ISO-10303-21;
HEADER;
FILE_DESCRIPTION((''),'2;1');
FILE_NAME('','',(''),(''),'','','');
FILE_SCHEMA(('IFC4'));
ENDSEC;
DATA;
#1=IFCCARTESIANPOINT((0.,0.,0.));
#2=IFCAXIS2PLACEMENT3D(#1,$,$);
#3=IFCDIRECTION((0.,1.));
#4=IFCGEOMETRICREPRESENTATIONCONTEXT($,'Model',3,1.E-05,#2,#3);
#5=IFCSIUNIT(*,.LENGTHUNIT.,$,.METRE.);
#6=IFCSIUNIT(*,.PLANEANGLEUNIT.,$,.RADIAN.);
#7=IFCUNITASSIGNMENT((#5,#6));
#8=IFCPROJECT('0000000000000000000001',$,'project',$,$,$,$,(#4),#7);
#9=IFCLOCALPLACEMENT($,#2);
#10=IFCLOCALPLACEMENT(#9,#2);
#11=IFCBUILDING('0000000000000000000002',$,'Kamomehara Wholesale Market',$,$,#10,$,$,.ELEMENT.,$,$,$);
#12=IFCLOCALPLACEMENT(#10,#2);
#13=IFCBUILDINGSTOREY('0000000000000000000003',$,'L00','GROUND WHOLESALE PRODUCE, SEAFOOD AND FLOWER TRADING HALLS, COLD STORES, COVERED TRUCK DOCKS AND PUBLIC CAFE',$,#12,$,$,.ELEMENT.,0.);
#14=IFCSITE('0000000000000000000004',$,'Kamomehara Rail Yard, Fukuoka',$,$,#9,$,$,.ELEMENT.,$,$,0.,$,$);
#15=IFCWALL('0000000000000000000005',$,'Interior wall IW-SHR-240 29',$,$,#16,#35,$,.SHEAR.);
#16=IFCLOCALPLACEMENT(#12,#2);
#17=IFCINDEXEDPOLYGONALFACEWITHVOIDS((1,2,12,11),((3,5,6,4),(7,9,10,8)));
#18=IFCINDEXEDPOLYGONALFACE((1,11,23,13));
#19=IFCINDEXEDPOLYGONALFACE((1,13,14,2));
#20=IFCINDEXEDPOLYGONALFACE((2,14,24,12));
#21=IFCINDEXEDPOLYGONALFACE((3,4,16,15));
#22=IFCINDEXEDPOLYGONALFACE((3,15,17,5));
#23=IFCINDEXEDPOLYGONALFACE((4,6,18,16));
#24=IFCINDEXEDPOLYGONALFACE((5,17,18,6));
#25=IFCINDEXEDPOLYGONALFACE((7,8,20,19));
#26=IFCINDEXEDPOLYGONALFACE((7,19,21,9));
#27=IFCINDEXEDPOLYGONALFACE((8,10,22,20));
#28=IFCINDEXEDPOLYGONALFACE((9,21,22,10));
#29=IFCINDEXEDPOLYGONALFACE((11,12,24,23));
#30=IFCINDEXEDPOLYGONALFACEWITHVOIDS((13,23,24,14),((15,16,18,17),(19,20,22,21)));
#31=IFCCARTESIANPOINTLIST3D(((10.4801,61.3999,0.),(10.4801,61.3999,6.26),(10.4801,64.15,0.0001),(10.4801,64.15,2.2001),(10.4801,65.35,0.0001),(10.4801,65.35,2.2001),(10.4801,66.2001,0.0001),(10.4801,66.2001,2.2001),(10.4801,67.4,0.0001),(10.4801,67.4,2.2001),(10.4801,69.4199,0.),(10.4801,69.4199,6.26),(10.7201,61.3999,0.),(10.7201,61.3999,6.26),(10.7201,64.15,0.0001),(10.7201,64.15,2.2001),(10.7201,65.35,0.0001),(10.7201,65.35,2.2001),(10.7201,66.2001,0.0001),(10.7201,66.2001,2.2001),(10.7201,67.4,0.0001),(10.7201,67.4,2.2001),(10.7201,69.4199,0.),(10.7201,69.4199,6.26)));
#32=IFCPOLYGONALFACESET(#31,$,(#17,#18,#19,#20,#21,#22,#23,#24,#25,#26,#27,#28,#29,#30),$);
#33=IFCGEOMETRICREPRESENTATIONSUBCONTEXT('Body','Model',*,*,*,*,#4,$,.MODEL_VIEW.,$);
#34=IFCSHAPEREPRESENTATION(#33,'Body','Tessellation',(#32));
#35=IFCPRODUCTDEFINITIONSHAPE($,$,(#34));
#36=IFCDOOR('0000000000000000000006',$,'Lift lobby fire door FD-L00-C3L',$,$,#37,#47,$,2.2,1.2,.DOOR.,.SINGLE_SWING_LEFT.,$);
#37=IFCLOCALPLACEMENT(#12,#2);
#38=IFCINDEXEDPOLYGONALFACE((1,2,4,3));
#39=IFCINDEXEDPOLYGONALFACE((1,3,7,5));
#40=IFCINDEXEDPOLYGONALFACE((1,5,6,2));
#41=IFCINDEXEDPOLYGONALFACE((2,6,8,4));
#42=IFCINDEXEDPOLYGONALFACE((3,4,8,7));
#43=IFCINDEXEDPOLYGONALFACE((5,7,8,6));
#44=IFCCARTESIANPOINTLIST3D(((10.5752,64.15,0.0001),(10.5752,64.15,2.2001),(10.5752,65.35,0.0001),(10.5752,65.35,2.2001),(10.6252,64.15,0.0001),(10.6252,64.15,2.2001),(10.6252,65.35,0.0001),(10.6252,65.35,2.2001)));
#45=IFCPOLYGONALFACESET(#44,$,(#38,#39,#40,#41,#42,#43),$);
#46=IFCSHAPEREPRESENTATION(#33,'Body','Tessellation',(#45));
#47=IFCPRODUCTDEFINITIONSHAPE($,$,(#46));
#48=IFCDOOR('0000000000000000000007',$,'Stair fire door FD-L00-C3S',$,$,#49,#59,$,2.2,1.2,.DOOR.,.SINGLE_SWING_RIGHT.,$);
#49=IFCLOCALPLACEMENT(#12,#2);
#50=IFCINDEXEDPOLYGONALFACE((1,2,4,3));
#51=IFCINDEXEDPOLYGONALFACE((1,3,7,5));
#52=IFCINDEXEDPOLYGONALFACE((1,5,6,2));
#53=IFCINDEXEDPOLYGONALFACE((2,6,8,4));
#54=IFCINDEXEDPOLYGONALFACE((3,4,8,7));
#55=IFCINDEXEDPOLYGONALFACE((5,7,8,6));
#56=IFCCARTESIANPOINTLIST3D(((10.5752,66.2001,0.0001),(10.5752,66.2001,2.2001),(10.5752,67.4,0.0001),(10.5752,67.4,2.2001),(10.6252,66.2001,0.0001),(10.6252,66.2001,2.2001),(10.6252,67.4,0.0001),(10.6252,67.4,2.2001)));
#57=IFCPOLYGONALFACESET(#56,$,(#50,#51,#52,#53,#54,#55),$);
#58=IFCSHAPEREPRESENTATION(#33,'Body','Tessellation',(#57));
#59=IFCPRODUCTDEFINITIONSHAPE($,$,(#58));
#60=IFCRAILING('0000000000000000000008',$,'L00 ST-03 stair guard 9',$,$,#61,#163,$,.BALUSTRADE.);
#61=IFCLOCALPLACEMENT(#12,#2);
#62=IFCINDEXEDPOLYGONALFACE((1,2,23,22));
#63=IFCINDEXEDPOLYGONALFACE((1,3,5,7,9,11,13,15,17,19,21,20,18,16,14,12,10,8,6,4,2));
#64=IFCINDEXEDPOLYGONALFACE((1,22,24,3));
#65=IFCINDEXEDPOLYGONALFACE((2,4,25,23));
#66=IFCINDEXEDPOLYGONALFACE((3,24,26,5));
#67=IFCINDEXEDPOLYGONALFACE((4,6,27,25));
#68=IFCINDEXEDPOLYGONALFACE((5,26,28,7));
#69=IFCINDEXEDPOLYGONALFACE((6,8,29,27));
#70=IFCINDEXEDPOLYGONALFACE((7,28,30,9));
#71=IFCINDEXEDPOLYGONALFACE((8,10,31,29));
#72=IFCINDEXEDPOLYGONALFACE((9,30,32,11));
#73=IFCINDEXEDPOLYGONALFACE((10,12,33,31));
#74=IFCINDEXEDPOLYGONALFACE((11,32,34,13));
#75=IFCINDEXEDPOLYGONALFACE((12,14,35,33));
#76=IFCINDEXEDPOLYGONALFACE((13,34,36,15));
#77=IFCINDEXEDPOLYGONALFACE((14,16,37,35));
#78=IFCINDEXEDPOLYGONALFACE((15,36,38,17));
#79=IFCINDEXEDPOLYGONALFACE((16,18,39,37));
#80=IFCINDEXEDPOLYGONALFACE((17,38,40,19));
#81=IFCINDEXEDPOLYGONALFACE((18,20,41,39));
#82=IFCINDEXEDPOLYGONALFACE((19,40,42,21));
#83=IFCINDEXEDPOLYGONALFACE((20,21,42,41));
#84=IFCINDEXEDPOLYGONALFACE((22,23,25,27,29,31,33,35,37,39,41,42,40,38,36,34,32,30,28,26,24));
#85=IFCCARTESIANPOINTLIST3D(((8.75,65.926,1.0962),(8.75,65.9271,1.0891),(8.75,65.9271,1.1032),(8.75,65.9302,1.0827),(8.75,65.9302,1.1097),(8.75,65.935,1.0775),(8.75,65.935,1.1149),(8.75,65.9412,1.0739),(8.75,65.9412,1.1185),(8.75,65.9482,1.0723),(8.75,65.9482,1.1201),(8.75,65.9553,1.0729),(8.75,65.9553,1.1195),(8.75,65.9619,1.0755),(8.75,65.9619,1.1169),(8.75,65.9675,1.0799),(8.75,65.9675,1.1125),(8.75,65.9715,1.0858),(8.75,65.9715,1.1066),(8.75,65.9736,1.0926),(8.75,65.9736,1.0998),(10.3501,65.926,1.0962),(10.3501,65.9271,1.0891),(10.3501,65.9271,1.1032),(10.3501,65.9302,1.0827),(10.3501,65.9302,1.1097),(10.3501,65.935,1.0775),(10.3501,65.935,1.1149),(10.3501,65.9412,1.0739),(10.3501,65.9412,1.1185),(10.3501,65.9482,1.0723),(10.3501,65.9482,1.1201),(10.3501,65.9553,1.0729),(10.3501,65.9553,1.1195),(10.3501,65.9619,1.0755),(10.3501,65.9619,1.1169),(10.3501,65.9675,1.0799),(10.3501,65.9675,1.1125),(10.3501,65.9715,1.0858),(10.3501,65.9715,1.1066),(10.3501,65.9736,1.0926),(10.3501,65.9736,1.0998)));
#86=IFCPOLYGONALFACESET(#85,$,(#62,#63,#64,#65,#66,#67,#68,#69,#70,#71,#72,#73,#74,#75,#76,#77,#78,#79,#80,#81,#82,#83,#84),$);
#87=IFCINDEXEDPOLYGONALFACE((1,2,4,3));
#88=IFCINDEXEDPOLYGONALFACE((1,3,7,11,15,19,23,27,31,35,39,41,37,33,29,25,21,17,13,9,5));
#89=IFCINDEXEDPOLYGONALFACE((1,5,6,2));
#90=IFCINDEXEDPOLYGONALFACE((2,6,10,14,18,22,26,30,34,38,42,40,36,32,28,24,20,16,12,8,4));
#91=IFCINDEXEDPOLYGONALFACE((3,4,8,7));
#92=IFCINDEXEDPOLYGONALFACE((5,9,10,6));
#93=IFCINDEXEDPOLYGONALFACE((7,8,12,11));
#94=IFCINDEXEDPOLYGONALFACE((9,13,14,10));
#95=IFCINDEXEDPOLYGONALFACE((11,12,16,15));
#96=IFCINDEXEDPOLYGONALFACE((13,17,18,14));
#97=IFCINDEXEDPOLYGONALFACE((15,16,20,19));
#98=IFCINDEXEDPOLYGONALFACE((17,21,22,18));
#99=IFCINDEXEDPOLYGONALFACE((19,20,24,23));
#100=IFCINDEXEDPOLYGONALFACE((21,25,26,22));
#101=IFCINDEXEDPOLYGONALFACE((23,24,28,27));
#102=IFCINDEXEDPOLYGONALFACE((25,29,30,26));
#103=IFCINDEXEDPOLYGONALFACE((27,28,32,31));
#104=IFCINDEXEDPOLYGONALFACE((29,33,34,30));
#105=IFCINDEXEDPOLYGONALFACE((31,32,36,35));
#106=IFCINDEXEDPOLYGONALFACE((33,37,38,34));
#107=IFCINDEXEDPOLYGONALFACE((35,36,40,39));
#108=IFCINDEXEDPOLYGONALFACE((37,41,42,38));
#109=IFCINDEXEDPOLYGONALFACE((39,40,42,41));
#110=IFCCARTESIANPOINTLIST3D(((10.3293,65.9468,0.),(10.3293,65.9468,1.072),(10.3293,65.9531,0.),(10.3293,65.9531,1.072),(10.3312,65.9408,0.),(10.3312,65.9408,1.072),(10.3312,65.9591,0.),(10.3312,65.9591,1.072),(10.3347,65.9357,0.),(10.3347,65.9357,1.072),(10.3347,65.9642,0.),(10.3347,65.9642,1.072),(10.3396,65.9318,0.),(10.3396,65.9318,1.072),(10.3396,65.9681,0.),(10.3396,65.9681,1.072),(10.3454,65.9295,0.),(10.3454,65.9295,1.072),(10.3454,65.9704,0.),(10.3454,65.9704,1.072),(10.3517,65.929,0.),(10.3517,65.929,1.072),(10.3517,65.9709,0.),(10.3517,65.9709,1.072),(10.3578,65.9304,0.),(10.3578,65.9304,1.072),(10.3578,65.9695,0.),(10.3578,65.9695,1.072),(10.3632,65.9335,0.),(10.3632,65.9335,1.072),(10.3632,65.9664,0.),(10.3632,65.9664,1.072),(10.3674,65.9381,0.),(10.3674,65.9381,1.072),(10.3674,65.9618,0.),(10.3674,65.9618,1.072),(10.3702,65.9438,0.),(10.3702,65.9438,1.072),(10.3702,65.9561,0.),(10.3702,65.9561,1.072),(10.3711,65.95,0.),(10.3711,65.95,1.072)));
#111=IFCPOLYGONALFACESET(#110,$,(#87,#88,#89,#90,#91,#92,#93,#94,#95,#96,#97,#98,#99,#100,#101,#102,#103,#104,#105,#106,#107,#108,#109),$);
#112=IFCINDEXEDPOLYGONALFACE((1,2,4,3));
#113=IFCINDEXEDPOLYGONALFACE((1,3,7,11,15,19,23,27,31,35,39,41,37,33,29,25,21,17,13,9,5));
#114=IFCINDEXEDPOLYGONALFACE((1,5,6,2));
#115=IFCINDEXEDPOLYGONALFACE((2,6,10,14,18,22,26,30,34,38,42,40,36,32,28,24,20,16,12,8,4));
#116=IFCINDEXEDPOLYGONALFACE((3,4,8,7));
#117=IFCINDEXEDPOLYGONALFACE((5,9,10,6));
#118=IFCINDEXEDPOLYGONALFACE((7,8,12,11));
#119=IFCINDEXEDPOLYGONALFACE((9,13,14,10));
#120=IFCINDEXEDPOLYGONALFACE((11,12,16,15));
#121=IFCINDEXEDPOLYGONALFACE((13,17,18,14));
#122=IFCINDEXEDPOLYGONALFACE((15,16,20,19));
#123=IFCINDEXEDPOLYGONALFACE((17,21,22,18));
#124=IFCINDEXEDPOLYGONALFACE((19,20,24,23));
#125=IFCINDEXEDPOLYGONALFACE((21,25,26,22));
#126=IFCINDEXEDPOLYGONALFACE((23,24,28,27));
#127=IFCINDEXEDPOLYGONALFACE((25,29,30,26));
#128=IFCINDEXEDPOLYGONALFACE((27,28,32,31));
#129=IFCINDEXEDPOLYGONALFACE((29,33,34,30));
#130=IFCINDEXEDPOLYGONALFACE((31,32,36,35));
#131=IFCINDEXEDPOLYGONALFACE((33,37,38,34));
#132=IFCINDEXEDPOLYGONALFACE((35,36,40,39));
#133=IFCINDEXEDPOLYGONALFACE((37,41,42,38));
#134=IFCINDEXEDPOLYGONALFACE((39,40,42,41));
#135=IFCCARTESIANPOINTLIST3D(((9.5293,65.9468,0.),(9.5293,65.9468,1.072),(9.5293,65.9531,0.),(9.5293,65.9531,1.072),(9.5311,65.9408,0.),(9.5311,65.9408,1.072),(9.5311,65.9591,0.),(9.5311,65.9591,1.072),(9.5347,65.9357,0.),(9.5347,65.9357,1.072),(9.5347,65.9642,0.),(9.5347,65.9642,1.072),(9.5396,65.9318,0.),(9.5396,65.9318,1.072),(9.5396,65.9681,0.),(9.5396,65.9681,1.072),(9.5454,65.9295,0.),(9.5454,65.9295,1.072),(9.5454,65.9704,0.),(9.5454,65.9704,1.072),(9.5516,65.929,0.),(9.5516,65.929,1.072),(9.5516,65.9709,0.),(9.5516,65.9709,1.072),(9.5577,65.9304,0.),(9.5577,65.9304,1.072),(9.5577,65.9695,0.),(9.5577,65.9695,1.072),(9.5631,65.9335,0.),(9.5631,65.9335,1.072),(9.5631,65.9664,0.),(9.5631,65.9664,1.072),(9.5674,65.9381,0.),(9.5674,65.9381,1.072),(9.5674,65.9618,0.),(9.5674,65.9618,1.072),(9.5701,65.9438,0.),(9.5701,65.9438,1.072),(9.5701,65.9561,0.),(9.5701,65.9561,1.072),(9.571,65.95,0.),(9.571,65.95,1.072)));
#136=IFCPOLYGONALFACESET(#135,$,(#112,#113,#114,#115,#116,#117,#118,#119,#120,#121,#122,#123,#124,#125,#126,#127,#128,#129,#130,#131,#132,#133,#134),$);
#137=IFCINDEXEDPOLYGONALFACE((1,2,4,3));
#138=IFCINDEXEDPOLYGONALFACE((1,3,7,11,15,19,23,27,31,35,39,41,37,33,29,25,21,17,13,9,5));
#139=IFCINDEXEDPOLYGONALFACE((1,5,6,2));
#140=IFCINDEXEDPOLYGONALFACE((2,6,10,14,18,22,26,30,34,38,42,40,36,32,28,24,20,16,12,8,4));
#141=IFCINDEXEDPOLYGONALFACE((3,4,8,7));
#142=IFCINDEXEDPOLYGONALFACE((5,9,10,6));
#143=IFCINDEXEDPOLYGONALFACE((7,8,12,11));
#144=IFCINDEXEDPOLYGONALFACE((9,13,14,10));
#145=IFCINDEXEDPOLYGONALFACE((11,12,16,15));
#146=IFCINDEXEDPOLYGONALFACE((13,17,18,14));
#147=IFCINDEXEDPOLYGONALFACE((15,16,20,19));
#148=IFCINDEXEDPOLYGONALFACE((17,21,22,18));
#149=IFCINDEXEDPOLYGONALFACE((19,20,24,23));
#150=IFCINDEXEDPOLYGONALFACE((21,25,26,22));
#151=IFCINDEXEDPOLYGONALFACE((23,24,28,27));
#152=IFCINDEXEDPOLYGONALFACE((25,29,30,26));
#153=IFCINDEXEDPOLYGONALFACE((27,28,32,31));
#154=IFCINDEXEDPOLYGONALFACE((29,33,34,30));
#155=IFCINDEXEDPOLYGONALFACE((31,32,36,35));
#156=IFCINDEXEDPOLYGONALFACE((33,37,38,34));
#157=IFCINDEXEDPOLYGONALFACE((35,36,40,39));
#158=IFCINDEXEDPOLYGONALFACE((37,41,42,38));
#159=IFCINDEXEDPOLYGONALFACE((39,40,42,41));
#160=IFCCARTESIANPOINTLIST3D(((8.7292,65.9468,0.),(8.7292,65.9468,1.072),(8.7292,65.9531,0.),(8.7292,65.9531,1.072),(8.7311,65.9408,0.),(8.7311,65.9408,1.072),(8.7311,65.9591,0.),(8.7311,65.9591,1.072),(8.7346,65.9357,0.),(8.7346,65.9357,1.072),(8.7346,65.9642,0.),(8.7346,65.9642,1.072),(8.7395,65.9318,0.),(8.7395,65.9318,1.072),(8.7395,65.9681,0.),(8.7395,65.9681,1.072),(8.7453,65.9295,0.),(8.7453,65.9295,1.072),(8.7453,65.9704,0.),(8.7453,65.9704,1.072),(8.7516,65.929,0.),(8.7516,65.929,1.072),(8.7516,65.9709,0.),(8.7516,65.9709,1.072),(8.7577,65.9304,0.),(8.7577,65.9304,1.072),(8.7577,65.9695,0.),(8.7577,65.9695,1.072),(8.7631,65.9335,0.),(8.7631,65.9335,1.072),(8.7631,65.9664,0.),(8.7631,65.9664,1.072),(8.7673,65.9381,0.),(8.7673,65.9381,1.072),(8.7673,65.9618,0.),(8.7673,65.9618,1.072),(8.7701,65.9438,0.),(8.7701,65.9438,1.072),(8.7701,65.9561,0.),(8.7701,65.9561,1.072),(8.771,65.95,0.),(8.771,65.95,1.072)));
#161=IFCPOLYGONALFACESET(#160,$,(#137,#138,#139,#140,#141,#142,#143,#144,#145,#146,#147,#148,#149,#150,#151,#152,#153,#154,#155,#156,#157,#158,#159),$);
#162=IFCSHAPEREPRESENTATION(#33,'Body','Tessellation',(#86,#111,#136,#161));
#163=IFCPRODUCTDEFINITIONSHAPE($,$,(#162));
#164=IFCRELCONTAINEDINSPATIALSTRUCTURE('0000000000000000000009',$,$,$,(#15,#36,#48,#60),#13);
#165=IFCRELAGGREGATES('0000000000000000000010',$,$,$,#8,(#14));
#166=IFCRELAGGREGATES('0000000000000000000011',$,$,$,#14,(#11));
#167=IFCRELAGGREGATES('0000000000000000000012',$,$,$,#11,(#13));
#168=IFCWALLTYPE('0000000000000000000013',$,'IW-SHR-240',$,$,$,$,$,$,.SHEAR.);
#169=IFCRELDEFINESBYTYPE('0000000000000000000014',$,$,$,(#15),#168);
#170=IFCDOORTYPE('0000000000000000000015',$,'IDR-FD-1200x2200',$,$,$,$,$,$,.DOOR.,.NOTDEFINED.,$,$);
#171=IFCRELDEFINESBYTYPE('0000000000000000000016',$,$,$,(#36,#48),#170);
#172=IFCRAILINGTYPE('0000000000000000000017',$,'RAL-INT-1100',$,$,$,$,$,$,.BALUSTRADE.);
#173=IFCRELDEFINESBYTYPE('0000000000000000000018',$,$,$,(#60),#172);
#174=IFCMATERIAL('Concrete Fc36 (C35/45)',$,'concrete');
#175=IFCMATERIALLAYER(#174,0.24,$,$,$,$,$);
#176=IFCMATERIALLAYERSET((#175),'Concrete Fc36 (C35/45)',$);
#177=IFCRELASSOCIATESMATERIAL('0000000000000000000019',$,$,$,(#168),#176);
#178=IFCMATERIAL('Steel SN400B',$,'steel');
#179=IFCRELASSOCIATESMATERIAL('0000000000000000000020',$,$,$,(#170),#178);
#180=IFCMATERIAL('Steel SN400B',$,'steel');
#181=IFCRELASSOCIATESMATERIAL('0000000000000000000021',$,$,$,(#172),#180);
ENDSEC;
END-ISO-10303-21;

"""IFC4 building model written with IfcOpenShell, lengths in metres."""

from ifc_helpers import new_model, si_unit, direction, frame, frame_2d, origin, origin_2d, place, context, subcontext, project, spatial, rectangle, circle, extrude, material, layer, layer_set, type_object, element, fill, save


model = new_model("IFC4")

# Units and contexts
model_context = context("Model", 3, precision=1e-05, world=origin(), true_north=direction((0.0, 1.0)))
body_context = subcontext(model_context, "Body", "Model", "MODEL_VIEW")
ifc_project = project(units=[si_unit("LENGTHUNIT", "METRE"), si_unit("PLANEANGLEUNIT", "RADIAN")], contexts=[model_context])

# Site, building, storey
site_placement = place(None, origin())
site = spatial("IfcSite", under=ifc_project, at=site_placement, Name="Kamomehara Rail Yard, Fukuoka", CompositionType="ELEMENT", RefElevation=0.0)
building_placement = place(site_placement, origin())
building = spatial("IfcBuilding", under=site, at=building_placement, Name="Kamomehara Wholesale Market", CompositionType="ELEMENT")
storey_placement = place(building_placement, origin())
storey = spatial("IfcBuildingStorey", under=building, at=storey_placement, Name="L00", Description="GROUND WHOLESALE PRODUCE, SEAFOOD AND FLOWER TRADING HALLS, COLD STORES, COVERED TRUCK DOCKS AND PUBLIC CAFE", CompositionType="ELEMENT", Elevation=0.0)

# Wall, openings, doors
ifc_material_1 = material(Name="Concrete Fc36 (C35/45)", Category="concrete")
ifc_layer_1 = layer(ifc_material_1, 0.24)
ifc_layer_set_1 = layer_set([ifc_layer_1], Name="Concrete Fc36 (C35/45)")
wall_type_1 = type_object("IfcWallType", Name="IW-SHR-240", PredefinedType="SHEAR", material=ifc_layer_set_1)
wall_1_placement = place(storey_placement, frame((10.6001, 61.3999, 0.0), z_axis=(0.0, 0.0, 1.0), x_axis=(0.0, 1.0, 0.0)))
wall_1 = element("IfcWall", 1, at=wall_1_placement, inside=storey, type_object=wall_type_1, Name="Interior wall IW-SHR-240 29", PredefinedType="SHEAR", context=body_context, shape_type="SweptSolid", body=[
    extrude(rectangle(XDim=8.02, YDim=0.24, at=frame_2d((4.01, 0.0))), origin(), (0.0, 0.0, 1.0), 6.26),
])
opening_1_placement = place(wall_1_placement, frame((2.75, 0.0, 0.0)))
opening_1 = element("IfcOpeningElement", 2, at=opening_1_placement, cuts=wall_1, PredefinedType="OPENING", context=body_context, shape_type="SweptSolid", body=[
    extrude(rectangle(XDim=1.2, YDim=2.2, at=frame_2d((0.6001, 1.1001))), frame((0.0, 0.1348, 0.0), z_axis=(0.0, -1.0, 0.0), x_axis=(1.0, 0.0, 0.0)), (0.0, 0.0, 1.0), 0.2698),
])
opening_2_placement = place(wall_1_placement, frame((4.8, 0.0, 0.0)))
opening_2 = element("IfcOpeningElement", 3, at=opening_2_placement, cuts=wall_1, PredefinedType="OPENING", context=body_context, shape_type="SweptSolid", body=[
    extrude(rectangle(XDim=1.2, YDim=2.2, at=frame_2d((0.6001, 1.1001))), frame((0.0, 0.1348, 0.0), z_axis=(0.0, -1.0, 0.0), x_axis=(1.0, 0.0, 0.0)), (0.0, 0.0, 1.0), 0.2698),
])
ifc_material_2 = material(Name="Steel SN400B", Category="steel")
door_type = type_object("IfcDoorType", Name="IDR-FD-1200x2200", OperationType="NOTDEFINED", PredefinedType="DOOR", material=ifc_material_2)
door_1_placement = place(opening_1_placement, origin())
door_1 = element("IfcDoor", 4, at=door_1_placement, inside=storey, type_object=door_type, Name="Lift lobby fire door FD-L00-C3L", OperationType="SINGLE_SWING_LEFT", OverallHeight=2.2, OverallWidth=1.2, PredefinedType="DOOR", context=body_context, shape_type="SweptSolid", body=[
    extrude(rectangle(XDim=1.2, YDim=2.2, at=frame_2d((0.6001, 1.1001))), frame((0.0, 0.0249, 0.0), z_axis=(0.0, -1.0, 0.0), x_axis=(1.0, 0.0, 0.0)), (0.0, 0.0, 1.0), 0.05),
])
fill(opening_1, door_1)
door_2_placement = place(opening_2_placement, origin())
door_2 = element("IfcDoor", 5, at=door_2_placement, inside=storey, type_object=door_type, Name="Stair fire door FD-L00-C3S", OperationType="SINGLE_SWING_RIGHT", OverallHeight=2.2, OverallWidth=1.2, PredefinedType="DOOR", context=body_context, shape_type="SweptSolid", body=[
    extrude(rectangle(XDim=1.2, YDim=2.2, at=frame_2d((0.6001, 1.1001))), frame((0.0, 0.0249, 0.0), z_axis=(0.0, -1.0, 0.0), x_axis=(1.0, 0.0, 0.0)), (0.0, 0.0, 1.0), 0.05),
])
fill(opening_2, door_2)

# Railing
ifc_material_3 = material(Name="Steel SN400B", Category="steel")
railing_type = type_object("IfcRailingType", Name="RAL-INT-1100", PredefinedType="BALUSTRADE", material=ifc_material_3)
railing_placement = place(storey_placement, frame((10.3501, 65.95, 0.0)))
element("IfcRailing", 6, at=railing_placement, inside=storey, type_object=railing_type, Name="L00 ST-03 stair guard 9", PredefinedType="BALUSTRADE", context=body_context, shape_type="SweptSolid", body=[
    extrude(circle(Radius=0.0239, at=origin_2d()), frame((0.0, 0.0, 1.0962), z_axis=(-1.0, 0.0, 0.0), x_axis=(0.0, -1.0, 0.0)), (0.0, 0.0, 1.0), 1.6001),
    extrude(circle(Radius=0.021, at=origin_2d()), origin(), (0.0, 0.0, 1.0), 1.072),
    extrude(circle(Radius=0.021, at=origin_2d()), frame((-0.8, 0.0, 0.0)), (0.0, 0.0, 1.0), 1.072),
    extrude(circle(Radius=0.021, at=origin_2d()), frame((-1.6001, 0.0, 0.0)), (0.0, 0.0, 1.0), 1.072),
])

save(model, "model.ifc")
